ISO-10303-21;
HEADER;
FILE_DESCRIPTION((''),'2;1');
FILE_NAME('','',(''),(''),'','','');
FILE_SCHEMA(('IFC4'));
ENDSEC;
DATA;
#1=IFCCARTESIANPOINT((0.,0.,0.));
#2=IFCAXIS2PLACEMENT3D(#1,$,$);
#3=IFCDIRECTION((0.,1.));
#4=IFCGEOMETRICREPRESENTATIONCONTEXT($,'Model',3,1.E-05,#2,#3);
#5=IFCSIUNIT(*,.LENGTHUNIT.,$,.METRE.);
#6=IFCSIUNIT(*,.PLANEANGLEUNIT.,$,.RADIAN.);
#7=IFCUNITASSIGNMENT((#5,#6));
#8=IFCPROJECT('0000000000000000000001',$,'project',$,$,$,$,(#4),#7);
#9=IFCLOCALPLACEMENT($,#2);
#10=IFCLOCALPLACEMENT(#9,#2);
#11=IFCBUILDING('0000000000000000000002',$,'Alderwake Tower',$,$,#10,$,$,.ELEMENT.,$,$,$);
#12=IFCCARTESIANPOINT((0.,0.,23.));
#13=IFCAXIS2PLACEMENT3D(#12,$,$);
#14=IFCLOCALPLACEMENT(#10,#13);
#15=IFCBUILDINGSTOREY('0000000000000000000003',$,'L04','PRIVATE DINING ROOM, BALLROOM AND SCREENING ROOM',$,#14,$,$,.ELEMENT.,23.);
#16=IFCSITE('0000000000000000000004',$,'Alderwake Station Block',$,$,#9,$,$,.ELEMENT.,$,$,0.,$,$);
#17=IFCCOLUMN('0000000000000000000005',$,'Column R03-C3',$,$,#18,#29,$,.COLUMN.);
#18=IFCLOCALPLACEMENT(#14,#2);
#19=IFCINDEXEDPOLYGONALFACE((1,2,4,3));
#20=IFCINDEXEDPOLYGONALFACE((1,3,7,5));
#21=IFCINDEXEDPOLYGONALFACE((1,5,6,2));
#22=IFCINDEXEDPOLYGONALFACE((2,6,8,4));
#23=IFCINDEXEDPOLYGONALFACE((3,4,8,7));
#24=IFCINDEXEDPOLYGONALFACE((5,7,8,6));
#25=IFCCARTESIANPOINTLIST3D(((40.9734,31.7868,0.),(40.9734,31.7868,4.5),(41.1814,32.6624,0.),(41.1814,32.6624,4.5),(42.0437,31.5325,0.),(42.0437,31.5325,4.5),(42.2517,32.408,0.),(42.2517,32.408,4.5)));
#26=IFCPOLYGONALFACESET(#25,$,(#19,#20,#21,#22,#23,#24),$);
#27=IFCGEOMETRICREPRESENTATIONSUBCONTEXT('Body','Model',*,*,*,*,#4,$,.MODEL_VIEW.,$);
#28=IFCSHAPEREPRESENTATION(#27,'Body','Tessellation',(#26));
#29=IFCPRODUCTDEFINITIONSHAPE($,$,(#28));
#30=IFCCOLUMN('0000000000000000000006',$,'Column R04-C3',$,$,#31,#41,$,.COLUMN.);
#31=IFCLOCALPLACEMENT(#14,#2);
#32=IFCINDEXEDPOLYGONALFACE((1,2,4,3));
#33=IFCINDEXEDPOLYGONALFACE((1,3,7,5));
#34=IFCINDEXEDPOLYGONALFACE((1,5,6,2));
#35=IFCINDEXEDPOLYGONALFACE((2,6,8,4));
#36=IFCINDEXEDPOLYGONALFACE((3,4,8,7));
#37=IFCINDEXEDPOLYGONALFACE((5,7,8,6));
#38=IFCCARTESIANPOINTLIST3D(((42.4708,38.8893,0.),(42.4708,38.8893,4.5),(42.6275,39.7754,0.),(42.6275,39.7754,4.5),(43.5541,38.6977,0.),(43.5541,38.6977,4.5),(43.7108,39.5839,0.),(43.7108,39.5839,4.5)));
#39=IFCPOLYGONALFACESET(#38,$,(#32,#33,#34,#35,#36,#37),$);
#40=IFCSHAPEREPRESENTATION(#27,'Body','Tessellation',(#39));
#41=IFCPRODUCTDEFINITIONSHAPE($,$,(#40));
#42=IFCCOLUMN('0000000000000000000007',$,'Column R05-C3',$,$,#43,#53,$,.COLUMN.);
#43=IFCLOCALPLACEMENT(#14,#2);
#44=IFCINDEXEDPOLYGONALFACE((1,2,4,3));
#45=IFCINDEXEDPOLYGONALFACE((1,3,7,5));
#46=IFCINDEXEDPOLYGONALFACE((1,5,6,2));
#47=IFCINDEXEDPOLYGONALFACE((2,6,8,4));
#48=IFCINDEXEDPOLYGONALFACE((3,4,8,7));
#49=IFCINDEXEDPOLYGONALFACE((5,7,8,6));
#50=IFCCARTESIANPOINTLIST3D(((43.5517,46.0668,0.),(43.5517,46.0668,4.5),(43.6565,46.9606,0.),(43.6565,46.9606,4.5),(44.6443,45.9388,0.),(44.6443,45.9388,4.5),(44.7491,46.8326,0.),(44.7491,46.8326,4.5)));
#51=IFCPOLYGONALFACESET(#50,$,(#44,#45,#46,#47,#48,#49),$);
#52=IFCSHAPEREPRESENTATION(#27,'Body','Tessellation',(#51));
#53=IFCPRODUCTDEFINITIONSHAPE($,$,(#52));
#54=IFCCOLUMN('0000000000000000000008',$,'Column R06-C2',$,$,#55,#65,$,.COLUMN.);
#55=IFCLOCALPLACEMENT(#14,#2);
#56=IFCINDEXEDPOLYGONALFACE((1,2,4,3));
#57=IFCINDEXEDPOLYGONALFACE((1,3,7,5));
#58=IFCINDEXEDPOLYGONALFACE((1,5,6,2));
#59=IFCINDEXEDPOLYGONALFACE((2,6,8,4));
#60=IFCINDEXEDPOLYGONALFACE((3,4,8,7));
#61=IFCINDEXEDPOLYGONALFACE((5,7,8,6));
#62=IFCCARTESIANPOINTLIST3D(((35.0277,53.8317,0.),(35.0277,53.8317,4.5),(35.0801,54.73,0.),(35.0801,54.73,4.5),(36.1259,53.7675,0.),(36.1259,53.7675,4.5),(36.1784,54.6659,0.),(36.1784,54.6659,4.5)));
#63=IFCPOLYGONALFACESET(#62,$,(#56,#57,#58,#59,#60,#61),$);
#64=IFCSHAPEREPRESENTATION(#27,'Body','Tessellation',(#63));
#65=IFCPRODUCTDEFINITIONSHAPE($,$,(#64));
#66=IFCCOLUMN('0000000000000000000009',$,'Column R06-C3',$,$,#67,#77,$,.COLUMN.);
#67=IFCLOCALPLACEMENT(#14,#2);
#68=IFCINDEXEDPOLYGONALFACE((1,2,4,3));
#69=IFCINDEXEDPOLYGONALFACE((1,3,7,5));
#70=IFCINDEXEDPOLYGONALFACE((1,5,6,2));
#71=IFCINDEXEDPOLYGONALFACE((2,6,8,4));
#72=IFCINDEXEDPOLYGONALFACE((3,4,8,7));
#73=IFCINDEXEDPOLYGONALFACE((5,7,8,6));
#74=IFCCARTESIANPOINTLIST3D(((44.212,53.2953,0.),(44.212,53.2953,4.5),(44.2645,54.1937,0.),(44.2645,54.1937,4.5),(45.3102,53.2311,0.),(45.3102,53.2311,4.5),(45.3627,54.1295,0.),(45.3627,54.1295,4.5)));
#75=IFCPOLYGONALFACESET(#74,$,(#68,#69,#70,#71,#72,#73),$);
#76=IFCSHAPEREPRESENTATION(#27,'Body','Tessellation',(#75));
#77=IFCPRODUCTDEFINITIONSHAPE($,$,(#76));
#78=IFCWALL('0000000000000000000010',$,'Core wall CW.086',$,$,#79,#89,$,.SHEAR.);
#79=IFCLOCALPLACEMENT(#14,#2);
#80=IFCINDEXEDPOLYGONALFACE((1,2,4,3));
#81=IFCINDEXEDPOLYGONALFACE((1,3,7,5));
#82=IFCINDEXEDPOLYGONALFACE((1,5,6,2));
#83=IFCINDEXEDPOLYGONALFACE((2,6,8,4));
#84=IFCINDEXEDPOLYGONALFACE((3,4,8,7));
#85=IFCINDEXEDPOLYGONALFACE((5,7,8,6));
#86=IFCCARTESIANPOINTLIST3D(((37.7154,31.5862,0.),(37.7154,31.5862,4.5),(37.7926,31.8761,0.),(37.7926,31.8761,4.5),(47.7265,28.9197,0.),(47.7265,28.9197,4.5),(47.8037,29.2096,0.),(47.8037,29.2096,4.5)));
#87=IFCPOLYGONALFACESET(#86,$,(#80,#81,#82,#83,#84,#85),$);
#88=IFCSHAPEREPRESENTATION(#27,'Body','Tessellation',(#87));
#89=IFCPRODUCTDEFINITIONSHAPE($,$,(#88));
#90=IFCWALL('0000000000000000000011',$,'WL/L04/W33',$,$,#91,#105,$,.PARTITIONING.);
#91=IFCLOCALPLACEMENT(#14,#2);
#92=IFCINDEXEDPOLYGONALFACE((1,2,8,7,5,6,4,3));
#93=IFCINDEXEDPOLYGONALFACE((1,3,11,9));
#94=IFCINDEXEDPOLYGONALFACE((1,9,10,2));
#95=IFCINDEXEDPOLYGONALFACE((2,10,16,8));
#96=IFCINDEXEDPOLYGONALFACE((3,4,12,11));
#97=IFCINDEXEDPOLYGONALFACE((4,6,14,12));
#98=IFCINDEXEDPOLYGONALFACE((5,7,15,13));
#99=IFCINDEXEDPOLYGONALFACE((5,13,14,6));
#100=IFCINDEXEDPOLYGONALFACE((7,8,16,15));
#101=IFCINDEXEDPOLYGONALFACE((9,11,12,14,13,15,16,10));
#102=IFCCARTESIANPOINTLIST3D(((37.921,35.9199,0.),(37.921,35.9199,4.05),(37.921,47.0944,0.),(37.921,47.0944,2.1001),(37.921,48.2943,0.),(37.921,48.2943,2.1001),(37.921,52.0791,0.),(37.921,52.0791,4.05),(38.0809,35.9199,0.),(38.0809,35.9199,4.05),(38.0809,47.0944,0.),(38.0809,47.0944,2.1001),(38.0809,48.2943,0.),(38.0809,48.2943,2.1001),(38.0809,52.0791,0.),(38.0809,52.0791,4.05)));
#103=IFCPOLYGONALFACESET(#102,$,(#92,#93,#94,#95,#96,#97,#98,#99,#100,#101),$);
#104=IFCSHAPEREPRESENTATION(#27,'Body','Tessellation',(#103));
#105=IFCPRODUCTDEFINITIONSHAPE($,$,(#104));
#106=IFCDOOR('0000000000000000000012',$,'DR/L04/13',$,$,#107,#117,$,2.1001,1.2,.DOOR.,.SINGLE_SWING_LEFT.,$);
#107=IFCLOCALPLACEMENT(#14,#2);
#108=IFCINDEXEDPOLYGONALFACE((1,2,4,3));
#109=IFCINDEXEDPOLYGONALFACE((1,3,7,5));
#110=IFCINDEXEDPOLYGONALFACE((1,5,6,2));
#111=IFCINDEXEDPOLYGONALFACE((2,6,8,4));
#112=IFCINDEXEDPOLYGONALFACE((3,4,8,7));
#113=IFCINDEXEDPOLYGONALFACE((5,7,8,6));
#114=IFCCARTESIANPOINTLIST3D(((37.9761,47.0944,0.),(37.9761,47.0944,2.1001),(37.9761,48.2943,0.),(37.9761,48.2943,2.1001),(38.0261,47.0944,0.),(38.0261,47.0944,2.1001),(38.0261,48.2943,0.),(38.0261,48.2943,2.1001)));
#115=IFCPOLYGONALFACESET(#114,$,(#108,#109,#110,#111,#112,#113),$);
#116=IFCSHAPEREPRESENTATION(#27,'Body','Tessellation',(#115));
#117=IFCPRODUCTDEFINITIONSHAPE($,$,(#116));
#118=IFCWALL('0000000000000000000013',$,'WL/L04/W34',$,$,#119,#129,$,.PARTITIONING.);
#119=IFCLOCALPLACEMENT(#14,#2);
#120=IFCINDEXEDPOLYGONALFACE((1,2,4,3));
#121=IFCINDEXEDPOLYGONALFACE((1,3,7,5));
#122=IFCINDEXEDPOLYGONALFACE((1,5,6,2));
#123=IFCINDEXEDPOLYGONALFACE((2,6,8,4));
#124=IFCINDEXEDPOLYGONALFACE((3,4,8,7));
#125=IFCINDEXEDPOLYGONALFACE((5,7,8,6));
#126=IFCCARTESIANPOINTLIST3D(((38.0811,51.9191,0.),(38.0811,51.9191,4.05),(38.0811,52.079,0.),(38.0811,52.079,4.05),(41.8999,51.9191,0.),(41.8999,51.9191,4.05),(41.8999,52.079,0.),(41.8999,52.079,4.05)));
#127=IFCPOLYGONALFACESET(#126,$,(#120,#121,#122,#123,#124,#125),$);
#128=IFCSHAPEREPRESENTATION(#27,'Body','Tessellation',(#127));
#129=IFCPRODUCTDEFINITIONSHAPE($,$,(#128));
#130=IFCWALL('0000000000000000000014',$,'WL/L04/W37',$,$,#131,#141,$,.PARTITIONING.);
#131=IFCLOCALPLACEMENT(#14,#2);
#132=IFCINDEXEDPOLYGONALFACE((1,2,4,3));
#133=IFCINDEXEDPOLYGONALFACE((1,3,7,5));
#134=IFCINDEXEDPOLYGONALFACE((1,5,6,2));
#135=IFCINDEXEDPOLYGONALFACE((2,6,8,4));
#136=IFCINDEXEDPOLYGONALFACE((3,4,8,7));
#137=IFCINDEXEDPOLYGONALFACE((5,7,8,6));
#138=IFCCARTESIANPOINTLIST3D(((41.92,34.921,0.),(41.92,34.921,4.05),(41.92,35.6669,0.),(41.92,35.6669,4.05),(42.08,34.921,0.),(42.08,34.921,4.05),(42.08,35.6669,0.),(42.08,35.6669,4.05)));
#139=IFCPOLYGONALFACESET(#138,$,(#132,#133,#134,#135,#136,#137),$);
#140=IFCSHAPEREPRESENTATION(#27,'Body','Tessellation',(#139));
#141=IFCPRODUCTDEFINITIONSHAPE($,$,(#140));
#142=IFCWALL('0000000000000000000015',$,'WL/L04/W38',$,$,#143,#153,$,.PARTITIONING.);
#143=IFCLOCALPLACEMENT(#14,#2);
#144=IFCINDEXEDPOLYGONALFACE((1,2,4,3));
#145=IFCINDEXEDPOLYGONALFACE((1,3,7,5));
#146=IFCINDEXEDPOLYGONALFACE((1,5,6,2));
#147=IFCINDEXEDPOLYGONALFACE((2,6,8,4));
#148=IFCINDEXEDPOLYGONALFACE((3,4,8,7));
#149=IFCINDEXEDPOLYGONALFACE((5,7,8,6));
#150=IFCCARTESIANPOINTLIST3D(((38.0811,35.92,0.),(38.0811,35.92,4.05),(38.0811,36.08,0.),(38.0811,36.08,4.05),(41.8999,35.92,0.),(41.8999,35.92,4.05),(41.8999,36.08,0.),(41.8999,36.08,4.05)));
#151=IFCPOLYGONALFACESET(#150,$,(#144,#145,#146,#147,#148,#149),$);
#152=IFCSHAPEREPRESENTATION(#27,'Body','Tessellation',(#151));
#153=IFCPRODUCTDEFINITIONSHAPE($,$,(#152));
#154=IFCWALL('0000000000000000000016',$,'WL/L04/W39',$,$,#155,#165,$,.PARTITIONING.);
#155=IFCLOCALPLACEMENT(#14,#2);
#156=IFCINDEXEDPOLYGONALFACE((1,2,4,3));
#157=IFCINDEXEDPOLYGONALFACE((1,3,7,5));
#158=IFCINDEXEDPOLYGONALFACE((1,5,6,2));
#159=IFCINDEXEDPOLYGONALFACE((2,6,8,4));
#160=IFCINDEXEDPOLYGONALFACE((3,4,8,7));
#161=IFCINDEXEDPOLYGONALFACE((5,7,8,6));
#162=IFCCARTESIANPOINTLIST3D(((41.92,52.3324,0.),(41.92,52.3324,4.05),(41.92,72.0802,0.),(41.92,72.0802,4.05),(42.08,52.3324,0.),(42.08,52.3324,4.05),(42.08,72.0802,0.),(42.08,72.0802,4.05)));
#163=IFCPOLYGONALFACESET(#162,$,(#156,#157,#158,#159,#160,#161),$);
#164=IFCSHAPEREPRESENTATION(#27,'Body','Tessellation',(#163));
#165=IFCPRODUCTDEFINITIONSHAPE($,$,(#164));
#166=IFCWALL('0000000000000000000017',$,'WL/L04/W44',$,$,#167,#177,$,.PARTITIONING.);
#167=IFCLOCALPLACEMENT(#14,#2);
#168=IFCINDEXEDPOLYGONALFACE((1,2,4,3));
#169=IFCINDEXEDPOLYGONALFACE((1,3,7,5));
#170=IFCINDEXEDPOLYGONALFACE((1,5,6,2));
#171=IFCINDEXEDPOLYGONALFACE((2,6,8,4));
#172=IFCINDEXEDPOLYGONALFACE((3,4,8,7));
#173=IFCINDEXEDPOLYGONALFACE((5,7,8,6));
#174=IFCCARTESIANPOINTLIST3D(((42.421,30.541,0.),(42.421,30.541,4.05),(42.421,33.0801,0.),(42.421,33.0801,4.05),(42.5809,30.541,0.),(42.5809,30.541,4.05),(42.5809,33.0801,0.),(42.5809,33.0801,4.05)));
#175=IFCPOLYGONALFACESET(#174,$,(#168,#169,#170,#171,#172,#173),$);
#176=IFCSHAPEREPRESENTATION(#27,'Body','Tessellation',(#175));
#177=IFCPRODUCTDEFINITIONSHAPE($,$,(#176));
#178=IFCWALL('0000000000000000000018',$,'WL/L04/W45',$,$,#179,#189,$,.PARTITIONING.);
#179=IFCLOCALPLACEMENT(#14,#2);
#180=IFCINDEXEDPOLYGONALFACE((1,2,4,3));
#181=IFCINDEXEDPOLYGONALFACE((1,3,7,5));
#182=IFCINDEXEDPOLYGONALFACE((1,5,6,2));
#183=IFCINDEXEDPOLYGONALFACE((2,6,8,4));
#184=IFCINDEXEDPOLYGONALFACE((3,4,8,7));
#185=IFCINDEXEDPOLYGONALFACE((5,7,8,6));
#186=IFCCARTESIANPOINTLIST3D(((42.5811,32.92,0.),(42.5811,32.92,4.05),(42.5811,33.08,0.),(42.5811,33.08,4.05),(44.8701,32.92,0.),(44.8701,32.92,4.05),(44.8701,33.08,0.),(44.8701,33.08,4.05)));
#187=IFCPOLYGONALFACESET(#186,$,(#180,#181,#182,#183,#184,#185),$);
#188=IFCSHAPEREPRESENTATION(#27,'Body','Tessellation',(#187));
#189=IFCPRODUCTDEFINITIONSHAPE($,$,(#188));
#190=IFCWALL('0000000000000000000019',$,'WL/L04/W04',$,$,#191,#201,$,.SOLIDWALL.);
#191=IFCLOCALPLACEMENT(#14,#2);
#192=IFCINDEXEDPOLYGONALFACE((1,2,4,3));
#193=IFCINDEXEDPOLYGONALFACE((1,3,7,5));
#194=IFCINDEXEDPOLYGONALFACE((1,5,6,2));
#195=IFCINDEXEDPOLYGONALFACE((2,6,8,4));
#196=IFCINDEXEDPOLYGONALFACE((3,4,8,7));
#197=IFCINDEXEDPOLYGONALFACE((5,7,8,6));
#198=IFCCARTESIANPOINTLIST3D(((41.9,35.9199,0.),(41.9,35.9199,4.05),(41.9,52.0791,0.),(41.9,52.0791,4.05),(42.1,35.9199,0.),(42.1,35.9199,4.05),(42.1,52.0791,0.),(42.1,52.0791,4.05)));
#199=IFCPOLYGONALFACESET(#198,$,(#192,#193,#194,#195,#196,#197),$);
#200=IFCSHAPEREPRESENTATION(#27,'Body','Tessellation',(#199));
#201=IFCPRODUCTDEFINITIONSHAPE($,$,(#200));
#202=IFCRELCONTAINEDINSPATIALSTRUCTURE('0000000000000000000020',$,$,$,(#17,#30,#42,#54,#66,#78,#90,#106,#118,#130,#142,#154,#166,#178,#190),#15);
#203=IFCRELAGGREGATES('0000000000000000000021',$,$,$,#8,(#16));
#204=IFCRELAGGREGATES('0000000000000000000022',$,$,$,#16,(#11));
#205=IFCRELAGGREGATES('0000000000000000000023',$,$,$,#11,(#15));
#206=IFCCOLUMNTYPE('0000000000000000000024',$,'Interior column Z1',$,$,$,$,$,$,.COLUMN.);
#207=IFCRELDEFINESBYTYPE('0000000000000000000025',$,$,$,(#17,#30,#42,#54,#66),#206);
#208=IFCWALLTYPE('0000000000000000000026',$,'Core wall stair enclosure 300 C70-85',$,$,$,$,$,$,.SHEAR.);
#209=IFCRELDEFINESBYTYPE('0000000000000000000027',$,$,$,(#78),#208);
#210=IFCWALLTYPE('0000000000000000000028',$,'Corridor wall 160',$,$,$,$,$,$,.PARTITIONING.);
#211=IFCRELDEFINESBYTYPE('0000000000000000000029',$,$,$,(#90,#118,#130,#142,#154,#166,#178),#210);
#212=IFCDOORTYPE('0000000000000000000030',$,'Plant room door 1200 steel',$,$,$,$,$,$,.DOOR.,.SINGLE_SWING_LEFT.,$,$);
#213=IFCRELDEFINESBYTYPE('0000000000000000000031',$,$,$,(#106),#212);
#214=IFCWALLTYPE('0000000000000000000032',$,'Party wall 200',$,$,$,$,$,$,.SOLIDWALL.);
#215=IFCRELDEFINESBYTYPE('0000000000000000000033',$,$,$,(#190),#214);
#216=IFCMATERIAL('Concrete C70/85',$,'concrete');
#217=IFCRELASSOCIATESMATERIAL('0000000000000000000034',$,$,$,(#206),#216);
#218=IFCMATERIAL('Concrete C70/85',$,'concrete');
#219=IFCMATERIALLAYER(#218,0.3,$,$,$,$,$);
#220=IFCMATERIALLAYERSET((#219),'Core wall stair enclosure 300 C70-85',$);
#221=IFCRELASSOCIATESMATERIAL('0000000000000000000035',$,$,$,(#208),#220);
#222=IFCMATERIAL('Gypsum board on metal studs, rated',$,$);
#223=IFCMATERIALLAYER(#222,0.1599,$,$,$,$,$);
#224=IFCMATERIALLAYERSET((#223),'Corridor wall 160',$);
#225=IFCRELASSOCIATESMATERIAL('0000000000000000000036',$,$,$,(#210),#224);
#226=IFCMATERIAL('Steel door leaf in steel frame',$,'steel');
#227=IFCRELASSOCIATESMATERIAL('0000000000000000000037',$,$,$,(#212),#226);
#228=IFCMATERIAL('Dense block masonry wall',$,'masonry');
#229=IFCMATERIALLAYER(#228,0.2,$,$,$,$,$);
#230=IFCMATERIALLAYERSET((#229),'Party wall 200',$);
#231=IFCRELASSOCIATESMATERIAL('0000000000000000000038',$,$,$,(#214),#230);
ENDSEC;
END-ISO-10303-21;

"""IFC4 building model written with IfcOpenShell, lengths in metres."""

from ifc_helpers import new_model, si_unit, direction, frame, frame_2d, origin, origin_2d, place, context, subcontext, project, spatial, rectangle, extrude, material, layer, layer_set, material_profile, profile_set, type_object, element, fill, save


model = new_model("IFC4")

# Units and contexts
model_context = context("Model", 3, precision=1e-05, world=origin(), true_north=direction((0.0, 1.0)))
body_context = subcontext(model_context, "Body", "Model", "MODEL_VIEW")
ifc_project = project(units=[si_unit("LENGTHUNIT", "METRE"), si_unit("PLANEANGLEUNIT", "RADIAN")], contexts=[model_context])

# Site, building, storey
site_placement = place(None, origin())
site = spatial("IfcSite", under=ifc_project, at=site_placement, Name="Alderwake Station Block", CompositionType="ELEMENT", RefElevation=0.0)
building_placement = place(site_placement, origin())
building = spatial("IfcBuilding", under=site, at=building_placement, Name="Alderwake Tower", CompositionType="ELEMENT")
storey_placement = place(building_placement, frame((0.0, 0.0, 23.0)))
storey = spatial("IfcBuildingStorey", under=building, at=storey_placement, Name="L04", Description="PRIVATE DINING ROOM, BALLROOM AND SCREENING ROOM", CompositionType="ELEMENT", Elevation=23.0)

# Columns
ifc_material_1 = material(Name="Concrete C70/85", Category="concrete")
ifc_material_profile = material_profile(ifc_material_1, rectangle(XDim=0.8999, YDim=1.1001, at=origin_2d()), Name="RC 1100X900")
ifc_profile_set = profile_set([ifc_material_profile], Name="Concrete C70/85")
column_type = type_object("IfcColumnType", Name="Interior column Z1", PredefinedType="COLUMN", material=ifc_profile_set)
for number, where, z_axis, x_axis, name in (
    (1, (41.6125, 32.0974, 0.0), (0.0, 0.0, 1.0), (0.231222, 0.972901, 0.0), "Column R03-C3"),
    (2, (43.0908, 39.2366, 0.0), (0.0, 0.0, 1.0), (0.174109, 0.984726, 0.0), "Column R04-C3"),
    (3, (44.1504, 46.4497, 0.0), (0.0, 0.0, 1.0), (0.116402, 0.993202, 0.0), "Column R05-C3"),
    (4, (35.603, 54.2488, 0.0), (0.0, 0.0, 1.0), (0.058301, 0.998299, 0.0), "Column R06-C2"),
    (5, (44.7874, 53.7124, 0.0), (0.0, 0.0, 1.0), (0.058299, 0.998299, 0.0), "Column R06-C3"),
):
    element("IfcColumn", number, at=place(storey_placement, frame(where, z_axis=z_axis, x_axis=x_axis)), inside=storey, type_object=column_type, Name=name, PredefinedType="COLUMN", context=body_context, shape_type="SweptSolid", body=[
        extrude(rectangle(XDim=0.8999, YDim=1.1001, at=origin_2d()), origin(), (0.0, 0.0, 1.0), 4.5),
    ])

# Wall
ifc_material_2 = material(Name="Concrete C70/85", Category="concrete")
ifc_layer_1 = layer(ifc_material_2, 0.3)
ifc_layer_set_1 = layer_set([ifc_layer_1], Name="Core wall stair enclosure 300 C70-85")
wall_type_1 = type_object("IfcWallType", Name="Core wall stair enclosure 300 C70-85", PredefinedType="SHEAR", material=ifc_layer_set_1)
wall_1_placement = place(storey_placement, frame((37.7539, 31.7312, 0.0), z_axis=(0.0, 0.0, 1.0), x_axis=(0.966309, -0.257384, 0.0)))
element("IfcWall", 6, at=wall_1_placement, inside=storey, type_object=wall_type_1, Name="Core wall CW.086", PredefinedType="SHEAR", context=body_context, shape_type="SweptSolid", body=[
    extrude(rectangle(XDim=10.3601, YDim=0.3, at=frame_2d((5.1802, 0.0))), origin(), (0.0, 0.0, 1.0), 4.5),
])

# Wall, opening, door
ifc_material_3 = material(Name="Gypsum board on metal studs, rated")
ifc_layer_2 = layer(ifc_material_3, 0.1599)
ifc_layer_set_2 = layer_set([ifc_layer_2], Name="Corridor wall 160")
wall_type_2 = type_object("IfcWallType", Name="Corridor wall 160", PredefinedType="PARTITIONING", material=ifc_layer_set_2)
wall_2_placement = place(storey_placement, frame((38.001, 35.9199, 0.0), z_axis=(0.0, 0.0, 1.0), x_axis=(0.0, 1.0, 0.0)))
wall_2 = element("IfcWall", 7, at=wall_2_placement, inside=storey, type_object=wall_type_2, Name="WL/L04/W33", PredefinedType="PARTITIONING", context=body_context, shape_type="SweptSolid", body=[
    extrude(rectangle(XDim=16.1592, YDim=0.1599, at=frame_2d((8.0796, 0.0))), origin(), (0.0, 0.0, 1.0), 4.05),
])
opening_placement = place(wall_2_placement, frame((11.1743, 0.0, 0.0)))
opening = element("IfcOpeningElement", 8, at=opening_placement, cuts=wall_2, PredefinedType="OPENING", context=body_context, shape_type="SweptSolid", body=[
    extrude(rectangle(XDim=1.2, YDim=2.1001, at=frame_2d((0.6001, 1.05))), frame((0.0, 0.0898, 0.0), z_axis=(0.0, -1.0, 0.0), x_axis=(1.0, 0.0, 0.0)), (0.0, 0.0, 1.0), 0.1799),
])
ifc_material_4 = material(Name="Steel door leaf in steel frame", Category="steel")
door_type = type_object("IfcDoorType", Name="Plant room door 1200 steel", OperationType="SINGLE_SWING_LEFT", PredefinedType="DOOR", material=ifc_material_4)
door_placement = place(opening_placement, origin())
door = element("IfcDoor", 9, at=door_placement, inside=storey, type_object=door_type, Name="DR/L04/13", OperationType="SINGLE_SWING_LEFT", OverallHeight=2.1001, OverallWidth=1.2, PredefinedType="DOOR", context=body_context, shape_type="SweptSolid", body=[
    extrude(rectangle(XDim=1.2, YDim=2.1001, at=frame_2d((0.6001, 1.05))), frame((0.0, 0.0249, 0.0), z_axis=(0.0, -1.0, 0.0), x_axis=(1.0, 0.0, 0.0)), (0.0, 0.0, 1.0), 0.05),
])
fill(opening, door)

# Walls
wall_3_placement = place(storey_placement, frame((38.0811, 51.999, 0.0), z_axis=(0.0, 0.0, 1.0), x_axis=(1.0, 0.0, 0.0)))
element("IfcWall", 10, at=wall_3_placement, inside=storey, type_object=wall_type_2, Name="WL/L04/W34", PredefinedType="PARTITIONING", context=body_context, shape_type="SweptSolid", body=[
    extrude(rectangle(XDim=3.8188, YDim=0.1599, at=frame_2d((1.9094, 0.0))), origin(), (0.0, 0.0, 1.0), 4.05),
])
wall_4_placement = place(storey_placement, frame((42.0, 34.9209, 0.0), z_axis=(0.0, 0.0, 1.0), x_axis=(0.0, 1.0, 0.0)))
element("IfcWall", 11, at=wall_4_placement, inside=storey, type_object=wall_type_2, Name="WL/L04/W37", PredefinedType="PARTITIONING", context=body_context, shape_type="SweptSolid", body=[
    extrude(rectangle(XDim=0.7458, YDim=0.1599, at=frame_2d((0.373, 0.0))), origin(), (0.0, 0.0, 1.0), 4.05),
])
wall_5_placement = place(storey_placement, frame((41.8999, 36.0, 0.0), z_axis=(0.0, 0.0, 1.0), x_axis=(-1.0, 0.0, 0.0)))
element("IfcWall", 12, at=wall_5_placement, inside=storey, type_object=wall_type_2, Name="WL/L04/W38", PredefinedType="PARTITIONING", context=body_context, shape_type="SweptSolid", body=[
    extrude(rectangle(XDim=3.8188, YDim=0.1599, at=frame_2d((1.9094, 0.0))), origin(), (0.0, 0.0, 1.0), 4.05),
])
wall_6_placement = place(storey_placement, frame((42.0, 52.3323, 0.0), z_axis=(0.0, 0.0, 1.0), x_axis=(0.0, 1.0, 0.0)))
element("IfcWall", 13, at=wall_6_placement, inside=storey, type_object=wall_type_2, Name="WL/L04/W39", PredefinedType="PARTITIONING", context=body_context, shape_type="SweptSolid", body=[
    extrude(rectangle(XDim=19.7478, YDim=0.1599, at=frame_2d((9.874, 0.0))), origin(), (0.0, 0.0, 1.0), 4.05),
])
wall_7_placement = place(storey_placement, frame((42.501, 30.541, 0.0), z_axis=(0.0, 0.0, 1.0), x_axis=(0.0, 1.0, 0.0)))
element("IfcWall", 14, at=wall_7_placement, inside=storey, type_object=wall_type_2, Name="WL/L04/W44", PredefinedType="PARTITIONING", context=body_context, shape_type="SweptSolid", body=[
    extrude(rectangle(XDim=2.5391, YDim=0.1599, at=frame_2d((1.2695, 0.0))), origin(), (0.0, 0.0, 1.0), 4.05),
])
wall_8_placement = place(storey_placement, frame((42.5811, 33.0, 0.0), z_axis=(0.0, 0.0, 1.0), x_axis=(1.0, 0.0, 0.0)))
element("IfcWall", 15, at=wall_8_placement, inside=storey, type_object=wall_type_2, Name="WL/L04/W45", PredefinedType="PARTITIONING", context=body_context, shape_type="SweptSolid", body=[
    extrude(rectangle(XDim=2.2891, YDim=0.1599, at=frame_2d((1.1445, 0.0))), origin(), (0.0, 0.0, 1.0), 4.05),
])
ifc_material_5 = material(Name="Dense block masonry wall", Category="masonry")
ifc_layer_3 = layer(ifc_material_5, 0.2)
ifc_layer_set_3 = layer_set([ifc_layer_3], Name="Party wall 200")
wall_type_3 = type_object("IfcWallType", Name="Party wall 200", PredefinedType="SOLIDWALL", material=ifc_layer_set_3)
wall_9_placement = place(storey_placement, frame((42.0, 52.0791, 0.0), z_axis=(0.0, 0.0, 1.0), x_axis=(0.0, -1.0, 0.0)))
element("IfcWall", 16, at=wall_9_placement, inside=storey, type_object=wall_type_3, Name="WL/L04/W04", PredefinedType="SOLIDWALL", context=body_context, shape_type="SweptSolid", body=[
    extrude(rectangle(XDim=16.1592, YDim=0.2, at=frame_2d((8.0796, 0.0))), origin(), (0.0, 0.0, 1.0), 4.05),
])

save(model, "model.ifc")
